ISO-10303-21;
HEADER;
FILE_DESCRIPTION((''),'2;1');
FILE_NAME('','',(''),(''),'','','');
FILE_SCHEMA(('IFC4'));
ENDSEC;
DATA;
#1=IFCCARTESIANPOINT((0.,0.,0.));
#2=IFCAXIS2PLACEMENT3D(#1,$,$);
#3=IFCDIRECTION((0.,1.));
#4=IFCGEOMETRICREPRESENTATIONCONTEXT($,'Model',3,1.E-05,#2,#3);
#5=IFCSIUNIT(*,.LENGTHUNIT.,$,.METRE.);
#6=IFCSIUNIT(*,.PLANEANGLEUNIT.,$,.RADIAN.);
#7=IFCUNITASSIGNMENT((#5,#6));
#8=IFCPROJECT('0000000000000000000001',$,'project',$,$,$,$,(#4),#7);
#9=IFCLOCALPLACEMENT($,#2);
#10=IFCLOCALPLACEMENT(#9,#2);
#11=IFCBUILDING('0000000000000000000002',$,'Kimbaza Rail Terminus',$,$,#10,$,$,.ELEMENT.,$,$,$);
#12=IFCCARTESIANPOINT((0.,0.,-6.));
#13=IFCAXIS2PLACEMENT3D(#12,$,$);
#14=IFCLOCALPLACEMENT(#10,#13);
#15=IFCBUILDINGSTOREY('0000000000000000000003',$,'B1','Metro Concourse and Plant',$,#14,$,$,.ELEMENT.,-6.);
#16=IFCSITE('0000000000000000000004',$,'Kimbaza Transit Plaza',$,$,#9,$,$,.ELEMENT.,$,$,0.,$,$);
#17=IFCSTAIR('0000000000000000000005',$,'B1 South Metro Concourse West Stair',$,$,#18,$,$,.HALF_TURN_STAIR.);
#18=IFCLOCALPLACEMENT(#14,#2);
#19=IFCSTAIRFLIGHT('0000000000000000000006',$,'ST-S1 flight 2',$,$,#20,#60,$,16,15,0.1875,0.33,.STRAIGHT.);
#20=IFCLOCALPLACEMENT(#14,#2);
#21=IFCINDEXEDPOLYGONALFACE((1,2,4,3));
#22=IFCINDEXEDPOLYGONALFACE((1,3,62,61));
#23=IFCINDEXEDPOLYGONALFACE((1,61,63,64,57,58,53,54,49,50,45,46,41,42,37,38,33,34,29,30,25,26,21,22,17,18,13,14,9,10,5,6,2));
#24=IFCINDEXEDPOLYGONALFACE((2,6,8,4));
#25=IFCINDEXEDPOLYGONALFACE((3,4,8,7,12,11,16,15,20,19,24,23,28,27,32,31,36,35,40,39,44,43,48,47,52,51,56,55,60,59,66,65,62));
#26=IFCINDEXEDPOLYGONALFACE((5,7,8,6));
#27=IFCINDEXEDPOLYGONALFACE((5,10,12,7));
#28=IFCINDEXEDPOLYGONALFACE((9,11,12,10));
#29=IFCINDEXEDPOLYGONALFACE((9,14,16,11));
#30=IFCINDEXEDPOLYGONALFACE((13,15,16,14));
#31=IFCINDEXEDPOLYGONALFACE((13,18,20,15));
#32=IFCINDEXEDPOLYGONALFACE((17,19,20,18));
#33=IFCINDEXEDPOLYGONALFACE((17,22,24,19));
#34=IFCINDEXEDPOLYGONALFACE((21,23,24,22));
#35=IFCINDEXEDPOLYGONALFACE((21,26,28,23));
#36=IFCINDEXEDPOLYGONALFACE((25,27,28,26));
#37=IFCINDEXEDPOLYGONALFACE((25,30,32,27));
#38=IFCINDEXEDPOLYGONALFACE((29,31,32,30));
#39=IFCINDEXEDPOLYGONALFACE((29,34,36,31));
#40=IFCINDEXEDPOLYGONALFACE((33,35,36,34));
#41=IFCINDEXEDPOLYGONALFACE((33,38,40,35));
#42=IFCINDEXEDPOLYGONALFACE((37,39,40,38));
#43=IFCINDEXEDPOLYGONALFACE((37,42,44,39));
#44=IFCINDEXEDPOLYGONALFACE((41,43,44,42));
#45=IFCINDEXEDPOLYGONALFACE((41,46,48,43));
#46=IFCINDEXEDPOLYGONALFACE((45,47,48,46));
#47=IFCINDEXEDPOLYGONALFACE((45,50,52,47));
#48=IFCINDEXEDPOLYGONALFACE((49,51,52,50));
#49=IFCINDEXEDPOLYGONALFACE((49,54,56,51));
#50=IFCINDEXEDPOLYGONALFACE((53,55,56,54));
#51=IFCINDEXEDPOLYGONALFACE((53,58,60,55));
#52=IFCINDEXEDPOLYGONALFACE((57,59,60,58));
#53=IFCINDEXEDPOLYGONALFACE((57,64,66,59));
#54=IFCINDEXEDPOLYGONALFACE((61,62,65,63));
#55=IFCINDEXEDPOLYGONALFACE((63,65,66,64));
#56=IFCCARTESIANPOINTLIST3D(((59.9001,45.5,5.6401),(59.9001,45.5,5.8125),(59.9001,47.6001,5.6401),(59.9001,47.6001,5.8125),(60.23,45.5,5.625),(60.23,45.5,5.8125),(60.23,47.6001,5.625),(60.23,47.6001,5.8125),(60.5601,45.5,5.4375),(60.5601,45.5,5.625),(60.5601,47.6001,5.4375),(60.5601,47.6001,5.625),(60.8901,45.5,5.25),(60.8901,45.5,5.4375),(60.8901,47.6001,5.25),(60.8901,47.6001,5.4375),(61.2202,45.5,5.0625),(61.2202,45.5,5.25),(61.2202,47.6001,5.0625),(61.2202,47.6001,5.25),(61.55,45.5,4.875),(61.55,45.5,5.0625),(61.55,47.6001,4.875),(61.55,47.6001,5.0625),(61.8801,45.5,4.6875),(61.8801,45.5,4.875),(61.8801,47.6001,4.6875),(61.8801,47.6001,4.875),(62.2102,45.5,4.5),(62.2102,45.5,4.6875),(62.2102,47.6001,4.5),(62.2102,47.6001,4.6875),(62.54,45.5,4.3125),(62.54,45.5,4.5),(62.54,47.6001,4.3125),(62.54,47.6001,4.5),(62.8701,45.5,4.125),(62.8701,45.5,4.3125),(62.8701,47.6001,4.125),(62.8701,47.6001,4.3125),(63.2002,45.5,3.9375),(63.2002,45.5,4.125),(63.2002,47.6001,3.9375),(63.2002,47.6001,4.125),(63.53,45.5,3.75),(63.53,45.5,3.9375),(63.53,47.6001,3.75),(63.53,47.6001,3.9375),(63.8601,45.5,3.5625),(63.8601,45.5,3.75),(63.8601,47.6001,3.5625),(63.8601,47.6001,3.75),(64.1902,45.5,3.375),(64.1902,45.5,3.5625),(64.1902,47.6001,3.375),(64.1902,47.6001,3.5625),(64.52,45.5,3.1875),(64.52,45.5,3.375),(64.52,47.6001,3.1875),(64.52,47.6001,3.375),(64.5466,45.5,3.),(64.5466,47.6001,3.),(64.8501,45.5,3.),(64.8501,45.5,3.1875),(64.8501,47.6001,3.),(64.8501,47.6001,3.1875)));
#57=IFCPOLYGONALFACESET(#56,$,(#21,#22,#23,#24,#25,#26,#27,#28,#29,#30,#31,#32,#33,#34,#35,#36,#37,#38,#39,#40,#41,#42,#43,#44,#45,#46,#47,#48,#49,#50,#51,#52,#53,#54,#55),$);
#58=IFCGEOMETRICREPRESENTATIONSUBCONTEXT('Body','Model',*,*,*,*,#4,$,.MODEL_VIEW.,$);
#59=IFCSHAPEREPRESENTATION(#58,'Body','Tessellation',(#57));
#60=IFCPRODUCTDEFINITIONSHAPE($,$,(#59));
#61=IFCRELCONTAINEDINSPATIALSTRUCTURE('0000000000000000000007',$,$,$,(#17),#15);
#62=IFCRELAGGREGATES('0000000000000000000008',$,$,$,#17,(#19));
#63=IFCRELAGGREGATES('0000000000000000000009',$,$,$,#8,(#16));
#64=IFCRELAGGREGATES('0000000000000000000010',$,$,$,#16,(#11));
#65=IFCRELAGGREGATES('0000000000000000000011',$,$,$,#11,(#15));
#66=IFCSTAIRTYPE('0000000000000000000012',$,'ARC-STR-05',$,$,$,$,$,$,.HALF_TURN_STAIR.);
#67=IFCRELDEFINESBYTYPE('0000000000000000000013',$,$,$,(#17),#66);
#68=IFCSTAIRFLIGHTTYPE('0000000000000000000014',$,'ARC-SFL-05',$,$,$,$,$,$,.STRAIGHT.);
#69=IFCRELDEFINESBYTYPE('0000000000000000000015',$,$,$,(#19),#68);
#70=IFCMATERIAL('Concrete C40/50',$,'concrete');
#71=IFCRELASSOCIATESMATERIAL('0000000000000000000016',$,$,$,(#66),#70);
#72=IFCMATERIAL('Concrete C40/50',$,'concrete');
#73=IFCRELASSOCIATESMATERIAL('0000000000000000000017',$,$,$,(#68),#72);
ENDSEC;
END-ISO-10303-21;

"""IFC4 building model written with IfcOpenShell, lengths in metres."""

from ifc_helpers import new_model, si_unit, direction, frame, origin, place, context, subcontext, project, spatial, polyline, outline, extrude, material, type_object, element, aggregate, save


model = new_model("IFC4")

# Units and contexts
model_context = context("Model", 3, precision=1e-05, world=origin(), true_north=direction((0.0, 1.0)))
body_context = subcontext(model_context, "Body", "Model", "MODEL_VIEW")
ifc_project = project(units=[si_unit("LENGTHUNIT", "METRE"), si_unit("PLANEANGLEUNIT", "RADIAN")], contexts=[model_context])

# Site, building, storey
site_placement = place(None, origin())
site = spatial("IfcSite", under=ifc_project, at=site_placement, Name="Kimbaza Transit Plaza", CompositionType="ELEMENT", RefElevation=0.0)
building_placement = place(site_placement, origin())
building = spatial("IfcBuilding", under=site, at=building_placement, Name="Kimbaza Rail Terminus", CompositionType="ELEMENT")
storey_placement = place(building_placement, frame((0.0, 0.0, -6.0)))
storey = spatial("IfcBuildingStorey", under=building, at=storey_placement, Name="B1", Description="Metro Concourse and Plant", CompositionType="ELEMENT", Elevation=-6.0)

# Stair, stair flight
ifc_material_1 = material(Name="Concrete C40/50", Category="concrete")
stair_type = type_object("IfcStairType", Name="ARC-STR-05", PredefinedType="HALF_TURN_STAIR", material=ifc_material_1)
stair_placement = place(storey_placement, origin())
stair = element("IfcStair", 1, at=stair_placement, inside=storey, type_object=stair_type, Name="B1 South Metro Concourse West Stair", PredefinedType="HALF_TURN_STAIR")
ifc_material_2 = material(Name="Concrete C40/50", Category="concrete")
stair_flight_type = type_object("IfcStairFlightType", Name="ARC-SFL-05", PredefinedType="STRAIGHT", material=ifc_material_2)
stair_flight_1_placement = place(storey_placement, frame((64.8501, 46.55, 3.0), z_axis=(0.0, 0.0, 1.0), x_axis=(-1.0, 0.0, 0.0)))
stair_flight_1 = element("IfcStairFlight", 2, at=stair_flight_1_placement, type_object=stair_flight_type, Name="ST-S1 flight 2", NumberOfRisers=16, NumberOfTreads=15, PredefinedType="STRAIGHT", RiserHeight=0.1875, TreadLength=0.33, context=body_context, shape_type="SweptSolid", body=[
    extrude(outline(polyline([(0.0, 0.0), (0.0, 0.1875), (0.3301, 0.1875), (0.3301, 0.375), (0.6599, 0.375), (0.6599, 0.5625), (0.99, 0.5625), (0.99, 0.75), (1.3201, 0.75), (1.3201, 0.9375), (1.6499, 0.9375), (1.6499, 1.125), (1.98, 1.125), (1.98, 1.3125), (2.3101, 1.3125), (2.3101, 1.5), (2.6399, 1.5), (2.6399, 1.6875), (2.97, 1.6875), (2.97, 1.875), (3.3, 1.875), (3.3, 2.0625), (3.6299, 2.0625), (3.6299, 2.25), (3.96, 2.25), (3.96, 2.4375), (4.29, 2.4375), (4.29, 2.625), (4.6201, 2.625), (4.6201, 2.8125), (4.95, 2.8125), (4.95, 3.0), (4.95, 2.6401), (0.3035, 0.0), (0.0, 0.0)])), frame((0.0, 1.05, 0.0), z_axis=(0.0, -1.0, 0.0), x_axis=(1.0, 0.0, 0.0)), (0.0, 0.0, 1.0), 2.1001),
])
aggregate(stair, [stair_flight_1])

save(model, "model.ifc")
